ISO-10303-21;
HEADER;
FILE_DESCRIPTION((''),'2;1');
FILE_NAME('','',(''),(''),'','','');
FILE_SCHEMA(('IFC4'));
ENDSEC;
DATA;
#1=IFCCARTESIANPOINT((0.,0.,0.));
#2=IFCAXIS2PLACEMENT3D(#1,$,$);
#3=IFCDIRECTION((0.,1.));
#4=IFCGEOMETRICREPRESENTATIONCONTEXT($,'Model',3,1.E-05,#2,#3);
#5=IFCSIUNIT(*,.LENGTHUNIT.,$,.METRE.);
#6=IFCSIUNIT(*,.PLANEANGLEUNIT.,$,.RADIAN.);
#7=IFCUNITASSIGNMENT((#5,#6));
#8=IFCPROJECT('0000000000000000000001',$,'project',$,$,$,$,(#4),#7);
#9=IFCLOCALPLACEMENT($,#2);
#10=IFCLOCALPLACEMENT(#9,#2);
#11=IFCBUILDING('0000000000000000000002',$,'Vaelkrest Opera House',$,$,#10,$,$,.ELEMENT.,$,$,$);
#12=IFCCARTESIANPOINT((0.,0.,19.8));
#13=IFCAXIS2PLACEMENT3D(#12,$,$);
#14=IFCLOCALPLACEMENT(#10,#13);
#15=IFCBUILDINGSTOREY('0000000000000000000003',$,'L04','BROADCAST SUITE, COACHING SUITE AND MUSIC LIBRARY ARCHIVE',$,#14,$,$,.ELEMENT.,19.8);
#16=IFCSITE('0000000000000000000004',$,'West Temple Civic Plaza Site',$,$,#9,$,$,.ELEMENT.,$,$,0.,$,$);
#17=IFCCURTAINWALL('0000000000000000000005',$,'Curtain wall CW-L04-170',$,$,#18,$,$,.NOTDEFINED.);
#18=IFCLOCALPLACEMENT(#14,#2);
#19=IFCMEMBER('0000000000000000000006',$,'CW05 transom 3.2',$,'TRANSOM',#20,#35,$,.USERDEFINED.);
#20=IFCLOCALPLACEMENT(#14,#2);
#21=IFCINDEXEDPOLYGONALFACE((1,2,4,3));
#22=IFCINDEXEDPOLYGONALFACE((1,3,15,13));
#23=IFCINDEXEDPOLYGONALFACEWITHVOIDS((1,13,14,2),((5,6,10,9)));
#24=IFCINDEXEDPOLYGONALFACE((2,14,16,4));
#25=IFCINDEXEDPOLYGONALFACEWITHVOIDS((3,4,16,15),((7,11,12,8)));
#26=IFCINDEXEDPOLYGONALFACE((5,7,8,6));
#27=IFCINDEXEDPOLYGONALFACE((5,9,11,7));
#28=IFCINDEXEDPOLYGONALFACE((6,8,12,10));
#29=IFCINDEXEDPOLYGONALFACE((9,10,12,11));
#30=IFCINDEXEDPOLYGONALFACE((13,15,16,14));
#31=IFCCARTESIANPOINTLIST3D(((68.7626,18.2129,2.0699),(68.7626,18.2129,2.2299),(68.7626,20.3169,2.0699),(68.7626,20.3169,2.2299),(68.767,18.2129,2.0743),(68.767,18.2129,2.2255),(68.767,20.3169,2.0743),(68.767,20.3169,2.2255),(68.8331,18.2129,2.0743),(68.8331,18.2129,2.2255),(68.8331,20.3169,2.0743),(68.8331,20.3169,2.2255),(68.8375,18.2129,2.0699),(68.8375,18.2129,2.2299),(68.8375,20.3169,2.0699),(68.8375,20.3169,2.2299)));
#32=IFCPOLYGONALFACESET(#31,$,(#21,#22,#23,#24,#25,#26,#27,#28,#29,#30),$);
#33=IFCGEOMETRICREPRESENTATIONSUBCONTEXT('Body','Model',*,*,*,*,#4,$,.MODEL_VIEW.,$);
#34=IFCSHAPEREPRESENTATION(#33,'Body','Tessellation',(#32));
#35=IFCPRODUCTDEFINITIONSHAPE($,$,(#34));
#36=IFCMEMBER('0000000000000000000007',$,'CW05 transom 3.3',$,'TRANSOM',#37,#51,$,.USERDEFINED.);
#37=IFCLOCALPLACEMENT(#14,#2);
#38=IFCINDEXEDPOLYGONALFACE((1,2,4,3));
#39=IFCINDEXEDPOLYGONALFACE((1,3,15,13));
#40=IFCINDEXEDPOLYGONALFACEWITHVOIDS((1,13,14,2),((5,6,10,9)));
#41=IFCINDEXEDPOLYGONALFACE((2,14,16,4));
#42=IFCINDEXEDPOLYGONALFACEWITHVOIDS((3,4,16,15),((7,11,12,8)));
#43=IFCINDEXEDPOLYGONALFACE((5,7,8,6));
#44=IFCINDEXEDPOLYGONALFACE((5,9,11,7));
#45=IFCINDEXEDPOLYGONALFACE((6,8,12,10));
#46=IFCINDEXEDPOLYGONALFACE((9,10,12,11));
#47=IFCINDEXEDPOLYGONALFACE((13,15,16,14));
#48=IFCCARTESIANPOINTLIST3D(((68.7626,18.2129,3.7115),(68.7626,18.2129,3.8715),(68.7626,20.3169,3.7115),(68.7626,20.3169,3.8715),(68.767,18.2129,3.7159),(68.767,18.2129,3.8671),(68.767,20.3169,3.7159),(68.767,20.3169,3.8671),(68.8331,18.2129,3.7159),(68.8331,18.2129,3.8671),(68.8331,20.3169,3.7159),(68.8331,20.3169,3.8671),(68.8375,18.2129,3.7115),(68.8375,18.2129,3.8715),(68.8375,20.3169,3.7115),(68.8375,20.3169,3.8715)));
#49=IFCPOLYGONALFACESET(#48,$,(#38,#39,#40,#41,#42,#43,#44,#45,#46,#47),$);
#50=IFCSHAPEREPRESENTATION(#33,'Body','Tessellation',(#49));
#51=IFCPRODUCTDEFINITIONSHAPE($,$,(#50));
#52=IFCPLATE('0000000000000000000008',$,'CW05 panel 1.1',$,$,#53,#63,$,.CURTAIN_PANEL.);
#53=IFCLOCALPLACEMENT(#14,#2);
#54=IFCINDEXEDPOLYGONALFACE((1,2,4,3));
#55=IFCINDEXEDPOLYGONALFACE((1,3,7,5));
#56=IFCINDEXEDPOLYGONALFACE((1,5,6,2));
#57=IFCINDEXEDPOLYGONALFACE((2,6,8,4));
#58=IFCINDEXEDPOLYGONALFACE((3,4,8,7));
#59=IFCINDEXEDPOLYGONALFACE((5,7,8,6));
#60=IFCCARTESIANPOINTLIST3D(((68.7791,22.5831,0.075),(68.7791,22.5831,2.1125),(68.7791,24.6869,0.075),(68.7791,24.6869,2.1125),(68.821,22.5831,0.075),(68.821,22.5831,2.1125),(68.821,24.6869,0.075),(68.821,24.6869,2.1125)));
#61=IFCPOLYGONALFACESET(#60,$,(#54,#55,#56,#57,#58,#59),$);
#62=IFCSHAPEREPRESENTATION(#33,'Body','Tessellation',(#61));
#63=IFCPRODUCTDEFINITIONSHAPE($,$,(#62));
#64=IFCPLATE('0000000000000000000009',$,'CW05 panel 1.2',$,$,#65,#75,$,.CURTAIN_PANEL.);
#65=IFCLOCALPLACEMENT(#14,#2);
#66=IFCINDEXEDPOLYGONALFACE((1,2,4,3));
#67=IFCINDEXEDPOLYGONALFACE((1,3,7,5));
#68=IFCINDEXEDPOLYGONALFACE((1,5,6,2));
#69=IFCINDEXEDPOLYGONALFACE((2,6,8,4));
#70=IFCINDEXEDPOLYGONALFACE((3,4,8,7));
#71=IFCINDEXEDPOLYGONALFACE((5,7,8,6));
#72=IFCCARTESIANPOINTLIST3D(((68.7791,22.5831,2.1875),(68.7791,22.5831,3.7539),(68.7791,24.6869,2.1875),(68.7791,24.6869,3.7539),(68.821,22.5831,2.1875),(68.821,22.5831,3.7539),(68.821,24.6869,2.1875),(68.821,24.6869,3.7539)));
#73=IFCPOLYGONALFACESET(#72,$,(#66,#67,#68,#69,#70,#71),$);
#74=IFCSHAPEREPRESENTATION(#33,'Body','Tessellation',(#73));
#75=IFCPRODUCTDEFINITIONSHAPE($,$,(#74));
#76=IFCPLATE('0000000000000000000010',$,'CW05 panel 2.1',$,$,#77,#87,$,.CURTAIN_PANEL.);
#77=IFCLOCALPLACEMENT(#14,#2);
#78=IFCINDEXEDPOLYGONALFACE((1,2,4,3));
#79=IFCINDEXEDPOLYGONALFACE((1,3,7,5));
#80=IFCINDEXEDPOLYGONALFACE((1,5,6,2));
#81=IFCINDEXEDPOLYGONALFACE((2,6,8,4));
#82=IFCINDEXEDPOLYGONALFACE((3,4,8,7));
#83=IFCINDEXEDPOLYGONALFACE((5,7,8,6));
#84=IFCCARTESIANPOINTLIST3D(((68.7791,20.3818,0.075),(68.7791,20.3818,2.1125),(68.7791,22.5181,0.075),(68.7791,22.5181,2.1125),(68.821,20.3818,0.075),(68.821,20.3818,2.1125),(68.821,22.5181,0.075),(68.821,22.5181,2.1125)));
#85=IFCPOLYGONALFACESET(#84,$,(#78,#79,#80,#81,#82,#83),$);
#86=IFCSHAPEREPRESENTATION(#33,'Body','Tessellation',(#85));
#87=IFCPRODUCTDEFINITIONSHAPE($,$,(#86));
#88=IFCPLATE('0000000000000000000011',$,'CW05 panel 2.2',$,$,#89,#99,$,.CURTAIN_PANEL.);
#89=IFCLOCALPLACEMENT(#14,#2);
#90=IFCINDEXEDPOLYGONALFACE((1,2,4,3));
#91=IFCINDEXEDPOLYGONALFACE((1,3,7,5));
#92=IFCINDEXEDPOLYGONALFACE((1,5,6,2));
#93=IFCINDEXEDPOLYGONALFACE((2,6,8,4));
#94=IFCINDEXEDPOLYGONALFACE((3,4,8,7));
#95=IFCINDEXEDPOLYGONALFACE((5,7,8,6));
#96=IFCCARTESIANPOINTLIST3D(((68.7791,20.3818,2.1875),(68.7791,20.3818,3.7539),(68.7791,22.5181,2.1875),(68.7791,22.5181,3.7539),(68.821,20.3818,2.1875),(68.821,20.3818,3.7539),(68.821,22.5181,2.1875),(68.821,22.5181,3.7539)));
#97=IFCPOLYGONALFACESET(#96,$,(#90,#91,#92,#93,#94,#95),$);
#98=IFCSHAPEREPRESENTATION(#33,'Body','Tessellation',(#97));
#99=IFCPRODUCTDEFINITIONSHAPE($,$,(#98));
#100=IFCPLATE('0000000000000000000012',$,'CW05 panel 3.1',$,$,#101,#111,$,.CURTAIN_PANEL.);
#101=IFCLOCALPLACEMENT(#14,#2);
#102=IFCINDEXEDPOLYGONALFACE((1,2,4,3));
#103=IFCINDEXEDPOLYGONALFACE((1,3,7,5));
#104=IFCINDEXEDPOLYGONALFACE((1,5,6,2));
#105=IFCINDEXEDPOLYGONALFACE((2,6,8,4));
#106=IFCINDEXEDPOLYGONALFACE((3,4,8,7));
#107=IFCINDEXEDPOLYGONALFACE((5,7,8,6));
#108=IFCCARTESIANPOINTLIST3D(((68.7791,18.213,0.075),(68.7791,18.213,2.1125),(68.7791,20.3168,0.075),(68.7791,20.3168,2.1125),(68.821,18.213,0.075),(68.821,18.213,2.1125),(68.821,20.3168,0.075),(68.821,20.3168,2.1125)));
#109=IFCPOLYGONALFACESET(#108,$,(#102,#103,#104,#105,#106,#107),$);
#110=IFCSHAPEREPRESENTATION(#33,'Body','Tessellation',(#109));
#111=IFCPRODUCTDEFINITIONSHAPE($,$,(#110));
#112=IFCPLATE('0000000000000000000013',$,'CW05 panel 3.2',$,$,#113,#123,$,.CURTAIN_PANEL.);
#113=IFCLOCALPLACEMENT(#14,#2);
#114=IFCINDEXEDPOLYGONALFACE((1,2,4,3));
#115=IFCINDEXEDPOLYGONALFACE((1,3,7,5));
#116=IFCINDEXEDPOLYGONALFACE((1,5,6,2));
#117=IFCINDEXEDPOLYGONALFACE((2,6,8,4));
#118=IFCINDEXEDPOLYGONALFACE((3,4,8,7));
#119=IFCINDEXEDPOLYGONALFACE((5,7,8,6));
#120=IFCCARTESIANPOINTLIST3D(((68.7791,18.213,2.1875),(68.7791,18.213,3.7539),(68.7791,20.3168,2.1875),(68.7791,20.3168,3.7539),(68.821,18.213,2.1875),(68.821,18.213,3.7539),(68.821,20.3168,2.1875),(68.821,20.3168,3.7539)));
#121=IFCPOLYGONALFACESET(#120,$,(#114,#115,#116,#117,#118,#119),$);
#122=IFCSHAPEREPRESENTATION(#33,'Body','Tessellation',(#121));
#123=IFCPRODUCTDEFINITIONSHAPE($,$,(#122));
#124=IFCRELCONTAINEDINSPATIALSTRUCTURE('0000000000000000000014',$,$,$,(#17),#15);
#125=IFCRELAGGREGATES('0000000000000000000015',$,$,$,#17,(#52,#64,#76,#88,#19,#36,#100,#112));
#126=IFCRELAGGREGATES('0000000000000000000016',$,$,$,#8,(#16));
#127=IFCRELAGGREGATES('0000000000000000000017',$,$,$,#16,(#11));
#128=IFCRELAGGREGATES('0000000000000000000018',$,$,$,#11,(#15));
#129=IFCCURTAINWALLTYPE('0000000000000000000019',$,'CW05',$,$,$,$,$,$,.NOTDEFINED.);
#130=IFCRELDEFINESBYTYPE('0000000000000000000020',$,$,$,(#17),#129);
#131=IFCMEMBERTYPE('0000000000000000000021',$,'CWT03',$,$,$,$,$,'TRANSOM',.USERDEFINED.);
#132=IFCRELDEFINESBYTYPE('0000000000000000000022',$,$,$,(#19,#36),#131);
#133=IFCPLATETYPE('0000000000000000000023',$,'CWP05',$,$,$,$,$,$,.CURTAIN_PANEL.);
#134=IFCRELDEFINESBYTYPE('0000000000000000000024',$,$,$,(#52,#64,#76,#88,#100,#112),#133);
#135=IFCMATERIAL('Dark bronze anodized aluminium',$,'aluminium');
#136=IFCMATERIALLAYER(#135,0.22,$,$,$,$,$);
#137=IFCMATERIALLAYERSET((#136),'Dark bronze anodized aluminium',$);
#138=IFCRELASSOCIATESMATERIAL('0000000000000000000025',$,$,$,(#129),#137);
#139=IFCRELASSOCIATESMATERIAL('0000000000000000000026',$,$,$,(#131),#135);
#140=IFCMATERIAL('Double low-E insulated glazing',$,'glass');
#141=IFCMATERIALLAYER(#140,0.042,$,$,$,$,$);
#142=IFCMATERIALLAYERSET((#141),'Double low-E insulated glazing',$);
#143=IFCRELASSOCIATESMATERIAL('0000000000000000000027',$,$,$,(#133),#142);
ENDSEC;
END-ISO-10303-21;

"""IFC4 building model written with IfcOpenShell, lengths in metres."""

from ifc_helpers import new_model, si_unit, direction, frame, origin, origin_2d, place, context, subcontext, project, spatial, rectangle, hollow_rectangle, extrude, material, layer, layer_set, material_profile, profile_set, type_object, element, aggregate, save


model = new_model("IFC4")

# Units and contexts
model_context = context("Model", 3, precision=1e-05, world=origin(), true_north=direction((0.0, 1.0)))
body_context = subcontext(model_context, "Body", "Model", "MODEL_VIEW")
ifc_project = project(units=[si_unit("LENGTHUNIT", "METRE"), si_unit("PLANEANGLEUNIT", "RADIAN")], contexts=[model_context])

# Site, building, storey
site_placement = place(None, origin())
site = spatial("IfcSite", under=ifc_project, at=site_placement, Name="West Temple Civic Plaza Site", CompositionType="ELEMENT", RefElevation=0.0)
building_placement = place(site_placement, origin())
building = spatial("IfcBuilding", under=site, at=building_placement, Name="Vaelkrest Opera House", CompositionType="ELEMENT")
storey_placement = place(building_placement, frame((0.0, 0.0, 19.8)))
storey = spatial("IfcBuildingStorey", under=building, at=storey_placement, Name="L04", Description="BROADCAST SUITE, COACHING SUITE AND MUSIC LIBRARY ARCHIVE", CompositionType="ELEMENT", Elevation=19.8)

# Curtain wall, members, plates
ifc_material_1 = material(Name="Dark bronze anodized aluminium", Category="aluminium")
ifc_layer_1 = layer(ifc_material_1, 0.22)
ifc_layer_set_1 = layer_set([ifc_layer_1], Name="Dark bronze anodized aluminium")
curtain_wall_type = type_object("IfcCurtainWallType", Name="CW05", PredefinedType="NOTDEFINED", material=ifc_layer_set_1)
curtain_wall_placement = place(storey_placement, origin())
curtain_wall = element("IfcCurtainWall", 1, at=curtain_wall_placement, inside=storey, type_object=curtain_wall_type, Name="Curtain wall CW-L04-170", PredefinedType="NOTDEFINED")
ifc_material_profile_1 = material_profile(ifc_material_1, hollow_rectangle(XDim=0.075, YDim=0.1599, WallThickness=0.0044, at=origin_2d()), Name="CWT75X160")
ifc_profile_set_1 = profile_set([ifc_material_profile_1], Name="Dark bronze anodized aluminium")
member_type_1 = type_object("IfcMemberType", Name="CWT03", ElementType="TRANSOM", PredefinedType="USERDEFINED", material=ifc_profile_set_1)
member_1_placement = place(storey_placement, frame((68.8, 20.3169, 2.1499), z_axis=(0.0, -1.0, 0.0), x_axis=(1.0, 0.0, 0.0)))
member_1 = element("IfcMember", 2, at=member_1_placement, type_object=member_type_1, Name="CW05 transom 3.2", ObjectType="TRANSOM", PredefinedType="USERDEFINED", context=body_context, shape_type="SweptSolid", body=[
    extrude(hollow_rectangle(XDim=0.075, YDim=0.1599, WallThickness=0.0044, at=origin_2d()), origin(), (0.0, 0.0, 1.0), 2.104),
])
member_2_placement = place(storey_placement, frame((68.8, 20.3169, 3.7915), z_axis=(0.0, -1.0, 0.0), x_axis=(1.0, 0.0, 0.0)))
member_2 = element("IfcMember", 3, at=member_2_placement, type_object=member_type_1, Name="CW05 transom 3.3", ObjectType="TRANSOM", PredefinedType="USERDEFINED", context=body_context, shape_type="SweptSolid", body=[
    extrude(hollow_rectangle(XDim=0.075, YDim=0.1599, WallThickness=0.0044, at=origin_2d()), origin(), (0.0, 0.0, 1.0), 2.104),
])
ifc_material_2 = material(Name="Double low-E insulated glazing", Category="glass")
ifc_layer_2 = layer(ifc_material_2, 0.042)
ifc_layer_set_2 = layer_set([ifc_layer_2], Name="Double low-E insulated glazing")
plate_type = type_object("IfcPlateType", Name="CWP05", PredefinedType="CURTAIN_PANEL", material=ifc_layer_set_2)
plate_1_placement = place(storey_placement, frame((68.8, 23.635, 0.075), z_axis=(0.0, 0.0, 1.0), x_axis=(0.0, -1.0, 0.0)))
plate_1 = element("IfcPlate", 4, at=plate_1_placement, type_object=plate_type, Name="CW05 panel 1.1", PredefinedType="CURTAIN_PANEL", context=body_context, shape_type="SweptSolid", body=[
    extrude(rectangle(XDim=2.1038, YDim=0.042, at=origin_2d()), origin(), (0.0, 0.0, 1.0), 2.0376),
])
plate_2_placement = place(storey_placement, frame((68.8, 23.635, 2.1875), z_axis=(0.0, 0.0, 1.0), x_axis=(0.0, -1.0, 0.0)))
plate_2 = element("IfcPlate", 5, at=plate_2_placement, type_object=plate_type, Name="CW05 panel 1.2", PredefinedType="CURTAIN_PANEL", context=body_context, shape_type="SweptSolid", body=[
    extrude(rectangle(XDim=2.1038, YDim=0.042, at=origin_2d()), origin(), (0.0, 0.0, 1.0), 1.5664),
])
plate_3_placement = place(storey_placement, frame((68.8, 21.45, 0.075), z_axis=(0.0, 0.0, 1.0), x_axis=(0.0, -1.0, 0.0)))
plate_3 = element("IfcPlate", 6, at=plate_3_placement, type_object=plate_type, Name="CW05 panel 2.1", PredefinedType="CURTAIN_PANEL", context=body_context, shape_type="SweptSolid", body=[
    extrude(rectangle(XDim=2.1362, YDim=0.042, at=origin_2d()), origin(), (0.0, 0.0, 1.0), 2.0376),
])
plate_4_placement = place(storey_placement, frame((68.8, 21.45, 2.1875), z_axis=(0.0, 0.0, 1.0), x_axis=(0.0, -1.0, 0.0)))
plate_4 = element("IfcPlate", 7, at=plate_4_placement, type_object=plate_type, Name="CW05 panel 2.2", PredefinedType="CURTAIN_PANEL", context=body_context, shape_type="SweptSolid", body=[
    extrude(rectangle(XDim=2.1362, YDim=0.042, at=origin_2d()), origin(), (0.0, 0.0, 1.0), 1.5664),
])
plate_5_placement = place(storey_placement, frame((68.8, 19.2649, 0.075), z_axis=(0.0, 0.0, 1.0), x_axis=(0.0, -1.0, 0.0)))
plate_5 = element("IfcPlate", 8, at=plate_5_placement, type_object=plate_type, Name="CW05 panel 3.1", PredefinedType="CURTAIN_PANEL", context=body_context, shape_type="SweptSolid", body=[
    extrude(rectangle(XDim=2.1038, YDim=0.042, at=origin_2d()), origin(), (0.0, 0.0, 1.0), 2.0376),
])
plate_6_placement = place(storey_placement, frame((68.8, 19.2649, 2.1875), z_axis=(0.0, 0.0, 1.0), x_axis=(0.0, -1.0, 0.0)))
plate_6 = element("IfcPlate", 9, at=plate_6_placement, type_object=plate_type, Name="CW05 panel 3.2", PredefinedType="CURTAIN_PANEL", context=body_context, shape_type="SweptSolid", body=[
    extrude(rectangle(XDim=2.1038, YDim=0.042, at=origin_2d()), origin(), (0.0, 0.0, 1.0), 1.5664),
])
aggregate(curtain_wall, [plate_1, plate_2, plate_3, plate_4, member_1, member_2, plate_5, plate_6])

save(model, "model.ifc")
